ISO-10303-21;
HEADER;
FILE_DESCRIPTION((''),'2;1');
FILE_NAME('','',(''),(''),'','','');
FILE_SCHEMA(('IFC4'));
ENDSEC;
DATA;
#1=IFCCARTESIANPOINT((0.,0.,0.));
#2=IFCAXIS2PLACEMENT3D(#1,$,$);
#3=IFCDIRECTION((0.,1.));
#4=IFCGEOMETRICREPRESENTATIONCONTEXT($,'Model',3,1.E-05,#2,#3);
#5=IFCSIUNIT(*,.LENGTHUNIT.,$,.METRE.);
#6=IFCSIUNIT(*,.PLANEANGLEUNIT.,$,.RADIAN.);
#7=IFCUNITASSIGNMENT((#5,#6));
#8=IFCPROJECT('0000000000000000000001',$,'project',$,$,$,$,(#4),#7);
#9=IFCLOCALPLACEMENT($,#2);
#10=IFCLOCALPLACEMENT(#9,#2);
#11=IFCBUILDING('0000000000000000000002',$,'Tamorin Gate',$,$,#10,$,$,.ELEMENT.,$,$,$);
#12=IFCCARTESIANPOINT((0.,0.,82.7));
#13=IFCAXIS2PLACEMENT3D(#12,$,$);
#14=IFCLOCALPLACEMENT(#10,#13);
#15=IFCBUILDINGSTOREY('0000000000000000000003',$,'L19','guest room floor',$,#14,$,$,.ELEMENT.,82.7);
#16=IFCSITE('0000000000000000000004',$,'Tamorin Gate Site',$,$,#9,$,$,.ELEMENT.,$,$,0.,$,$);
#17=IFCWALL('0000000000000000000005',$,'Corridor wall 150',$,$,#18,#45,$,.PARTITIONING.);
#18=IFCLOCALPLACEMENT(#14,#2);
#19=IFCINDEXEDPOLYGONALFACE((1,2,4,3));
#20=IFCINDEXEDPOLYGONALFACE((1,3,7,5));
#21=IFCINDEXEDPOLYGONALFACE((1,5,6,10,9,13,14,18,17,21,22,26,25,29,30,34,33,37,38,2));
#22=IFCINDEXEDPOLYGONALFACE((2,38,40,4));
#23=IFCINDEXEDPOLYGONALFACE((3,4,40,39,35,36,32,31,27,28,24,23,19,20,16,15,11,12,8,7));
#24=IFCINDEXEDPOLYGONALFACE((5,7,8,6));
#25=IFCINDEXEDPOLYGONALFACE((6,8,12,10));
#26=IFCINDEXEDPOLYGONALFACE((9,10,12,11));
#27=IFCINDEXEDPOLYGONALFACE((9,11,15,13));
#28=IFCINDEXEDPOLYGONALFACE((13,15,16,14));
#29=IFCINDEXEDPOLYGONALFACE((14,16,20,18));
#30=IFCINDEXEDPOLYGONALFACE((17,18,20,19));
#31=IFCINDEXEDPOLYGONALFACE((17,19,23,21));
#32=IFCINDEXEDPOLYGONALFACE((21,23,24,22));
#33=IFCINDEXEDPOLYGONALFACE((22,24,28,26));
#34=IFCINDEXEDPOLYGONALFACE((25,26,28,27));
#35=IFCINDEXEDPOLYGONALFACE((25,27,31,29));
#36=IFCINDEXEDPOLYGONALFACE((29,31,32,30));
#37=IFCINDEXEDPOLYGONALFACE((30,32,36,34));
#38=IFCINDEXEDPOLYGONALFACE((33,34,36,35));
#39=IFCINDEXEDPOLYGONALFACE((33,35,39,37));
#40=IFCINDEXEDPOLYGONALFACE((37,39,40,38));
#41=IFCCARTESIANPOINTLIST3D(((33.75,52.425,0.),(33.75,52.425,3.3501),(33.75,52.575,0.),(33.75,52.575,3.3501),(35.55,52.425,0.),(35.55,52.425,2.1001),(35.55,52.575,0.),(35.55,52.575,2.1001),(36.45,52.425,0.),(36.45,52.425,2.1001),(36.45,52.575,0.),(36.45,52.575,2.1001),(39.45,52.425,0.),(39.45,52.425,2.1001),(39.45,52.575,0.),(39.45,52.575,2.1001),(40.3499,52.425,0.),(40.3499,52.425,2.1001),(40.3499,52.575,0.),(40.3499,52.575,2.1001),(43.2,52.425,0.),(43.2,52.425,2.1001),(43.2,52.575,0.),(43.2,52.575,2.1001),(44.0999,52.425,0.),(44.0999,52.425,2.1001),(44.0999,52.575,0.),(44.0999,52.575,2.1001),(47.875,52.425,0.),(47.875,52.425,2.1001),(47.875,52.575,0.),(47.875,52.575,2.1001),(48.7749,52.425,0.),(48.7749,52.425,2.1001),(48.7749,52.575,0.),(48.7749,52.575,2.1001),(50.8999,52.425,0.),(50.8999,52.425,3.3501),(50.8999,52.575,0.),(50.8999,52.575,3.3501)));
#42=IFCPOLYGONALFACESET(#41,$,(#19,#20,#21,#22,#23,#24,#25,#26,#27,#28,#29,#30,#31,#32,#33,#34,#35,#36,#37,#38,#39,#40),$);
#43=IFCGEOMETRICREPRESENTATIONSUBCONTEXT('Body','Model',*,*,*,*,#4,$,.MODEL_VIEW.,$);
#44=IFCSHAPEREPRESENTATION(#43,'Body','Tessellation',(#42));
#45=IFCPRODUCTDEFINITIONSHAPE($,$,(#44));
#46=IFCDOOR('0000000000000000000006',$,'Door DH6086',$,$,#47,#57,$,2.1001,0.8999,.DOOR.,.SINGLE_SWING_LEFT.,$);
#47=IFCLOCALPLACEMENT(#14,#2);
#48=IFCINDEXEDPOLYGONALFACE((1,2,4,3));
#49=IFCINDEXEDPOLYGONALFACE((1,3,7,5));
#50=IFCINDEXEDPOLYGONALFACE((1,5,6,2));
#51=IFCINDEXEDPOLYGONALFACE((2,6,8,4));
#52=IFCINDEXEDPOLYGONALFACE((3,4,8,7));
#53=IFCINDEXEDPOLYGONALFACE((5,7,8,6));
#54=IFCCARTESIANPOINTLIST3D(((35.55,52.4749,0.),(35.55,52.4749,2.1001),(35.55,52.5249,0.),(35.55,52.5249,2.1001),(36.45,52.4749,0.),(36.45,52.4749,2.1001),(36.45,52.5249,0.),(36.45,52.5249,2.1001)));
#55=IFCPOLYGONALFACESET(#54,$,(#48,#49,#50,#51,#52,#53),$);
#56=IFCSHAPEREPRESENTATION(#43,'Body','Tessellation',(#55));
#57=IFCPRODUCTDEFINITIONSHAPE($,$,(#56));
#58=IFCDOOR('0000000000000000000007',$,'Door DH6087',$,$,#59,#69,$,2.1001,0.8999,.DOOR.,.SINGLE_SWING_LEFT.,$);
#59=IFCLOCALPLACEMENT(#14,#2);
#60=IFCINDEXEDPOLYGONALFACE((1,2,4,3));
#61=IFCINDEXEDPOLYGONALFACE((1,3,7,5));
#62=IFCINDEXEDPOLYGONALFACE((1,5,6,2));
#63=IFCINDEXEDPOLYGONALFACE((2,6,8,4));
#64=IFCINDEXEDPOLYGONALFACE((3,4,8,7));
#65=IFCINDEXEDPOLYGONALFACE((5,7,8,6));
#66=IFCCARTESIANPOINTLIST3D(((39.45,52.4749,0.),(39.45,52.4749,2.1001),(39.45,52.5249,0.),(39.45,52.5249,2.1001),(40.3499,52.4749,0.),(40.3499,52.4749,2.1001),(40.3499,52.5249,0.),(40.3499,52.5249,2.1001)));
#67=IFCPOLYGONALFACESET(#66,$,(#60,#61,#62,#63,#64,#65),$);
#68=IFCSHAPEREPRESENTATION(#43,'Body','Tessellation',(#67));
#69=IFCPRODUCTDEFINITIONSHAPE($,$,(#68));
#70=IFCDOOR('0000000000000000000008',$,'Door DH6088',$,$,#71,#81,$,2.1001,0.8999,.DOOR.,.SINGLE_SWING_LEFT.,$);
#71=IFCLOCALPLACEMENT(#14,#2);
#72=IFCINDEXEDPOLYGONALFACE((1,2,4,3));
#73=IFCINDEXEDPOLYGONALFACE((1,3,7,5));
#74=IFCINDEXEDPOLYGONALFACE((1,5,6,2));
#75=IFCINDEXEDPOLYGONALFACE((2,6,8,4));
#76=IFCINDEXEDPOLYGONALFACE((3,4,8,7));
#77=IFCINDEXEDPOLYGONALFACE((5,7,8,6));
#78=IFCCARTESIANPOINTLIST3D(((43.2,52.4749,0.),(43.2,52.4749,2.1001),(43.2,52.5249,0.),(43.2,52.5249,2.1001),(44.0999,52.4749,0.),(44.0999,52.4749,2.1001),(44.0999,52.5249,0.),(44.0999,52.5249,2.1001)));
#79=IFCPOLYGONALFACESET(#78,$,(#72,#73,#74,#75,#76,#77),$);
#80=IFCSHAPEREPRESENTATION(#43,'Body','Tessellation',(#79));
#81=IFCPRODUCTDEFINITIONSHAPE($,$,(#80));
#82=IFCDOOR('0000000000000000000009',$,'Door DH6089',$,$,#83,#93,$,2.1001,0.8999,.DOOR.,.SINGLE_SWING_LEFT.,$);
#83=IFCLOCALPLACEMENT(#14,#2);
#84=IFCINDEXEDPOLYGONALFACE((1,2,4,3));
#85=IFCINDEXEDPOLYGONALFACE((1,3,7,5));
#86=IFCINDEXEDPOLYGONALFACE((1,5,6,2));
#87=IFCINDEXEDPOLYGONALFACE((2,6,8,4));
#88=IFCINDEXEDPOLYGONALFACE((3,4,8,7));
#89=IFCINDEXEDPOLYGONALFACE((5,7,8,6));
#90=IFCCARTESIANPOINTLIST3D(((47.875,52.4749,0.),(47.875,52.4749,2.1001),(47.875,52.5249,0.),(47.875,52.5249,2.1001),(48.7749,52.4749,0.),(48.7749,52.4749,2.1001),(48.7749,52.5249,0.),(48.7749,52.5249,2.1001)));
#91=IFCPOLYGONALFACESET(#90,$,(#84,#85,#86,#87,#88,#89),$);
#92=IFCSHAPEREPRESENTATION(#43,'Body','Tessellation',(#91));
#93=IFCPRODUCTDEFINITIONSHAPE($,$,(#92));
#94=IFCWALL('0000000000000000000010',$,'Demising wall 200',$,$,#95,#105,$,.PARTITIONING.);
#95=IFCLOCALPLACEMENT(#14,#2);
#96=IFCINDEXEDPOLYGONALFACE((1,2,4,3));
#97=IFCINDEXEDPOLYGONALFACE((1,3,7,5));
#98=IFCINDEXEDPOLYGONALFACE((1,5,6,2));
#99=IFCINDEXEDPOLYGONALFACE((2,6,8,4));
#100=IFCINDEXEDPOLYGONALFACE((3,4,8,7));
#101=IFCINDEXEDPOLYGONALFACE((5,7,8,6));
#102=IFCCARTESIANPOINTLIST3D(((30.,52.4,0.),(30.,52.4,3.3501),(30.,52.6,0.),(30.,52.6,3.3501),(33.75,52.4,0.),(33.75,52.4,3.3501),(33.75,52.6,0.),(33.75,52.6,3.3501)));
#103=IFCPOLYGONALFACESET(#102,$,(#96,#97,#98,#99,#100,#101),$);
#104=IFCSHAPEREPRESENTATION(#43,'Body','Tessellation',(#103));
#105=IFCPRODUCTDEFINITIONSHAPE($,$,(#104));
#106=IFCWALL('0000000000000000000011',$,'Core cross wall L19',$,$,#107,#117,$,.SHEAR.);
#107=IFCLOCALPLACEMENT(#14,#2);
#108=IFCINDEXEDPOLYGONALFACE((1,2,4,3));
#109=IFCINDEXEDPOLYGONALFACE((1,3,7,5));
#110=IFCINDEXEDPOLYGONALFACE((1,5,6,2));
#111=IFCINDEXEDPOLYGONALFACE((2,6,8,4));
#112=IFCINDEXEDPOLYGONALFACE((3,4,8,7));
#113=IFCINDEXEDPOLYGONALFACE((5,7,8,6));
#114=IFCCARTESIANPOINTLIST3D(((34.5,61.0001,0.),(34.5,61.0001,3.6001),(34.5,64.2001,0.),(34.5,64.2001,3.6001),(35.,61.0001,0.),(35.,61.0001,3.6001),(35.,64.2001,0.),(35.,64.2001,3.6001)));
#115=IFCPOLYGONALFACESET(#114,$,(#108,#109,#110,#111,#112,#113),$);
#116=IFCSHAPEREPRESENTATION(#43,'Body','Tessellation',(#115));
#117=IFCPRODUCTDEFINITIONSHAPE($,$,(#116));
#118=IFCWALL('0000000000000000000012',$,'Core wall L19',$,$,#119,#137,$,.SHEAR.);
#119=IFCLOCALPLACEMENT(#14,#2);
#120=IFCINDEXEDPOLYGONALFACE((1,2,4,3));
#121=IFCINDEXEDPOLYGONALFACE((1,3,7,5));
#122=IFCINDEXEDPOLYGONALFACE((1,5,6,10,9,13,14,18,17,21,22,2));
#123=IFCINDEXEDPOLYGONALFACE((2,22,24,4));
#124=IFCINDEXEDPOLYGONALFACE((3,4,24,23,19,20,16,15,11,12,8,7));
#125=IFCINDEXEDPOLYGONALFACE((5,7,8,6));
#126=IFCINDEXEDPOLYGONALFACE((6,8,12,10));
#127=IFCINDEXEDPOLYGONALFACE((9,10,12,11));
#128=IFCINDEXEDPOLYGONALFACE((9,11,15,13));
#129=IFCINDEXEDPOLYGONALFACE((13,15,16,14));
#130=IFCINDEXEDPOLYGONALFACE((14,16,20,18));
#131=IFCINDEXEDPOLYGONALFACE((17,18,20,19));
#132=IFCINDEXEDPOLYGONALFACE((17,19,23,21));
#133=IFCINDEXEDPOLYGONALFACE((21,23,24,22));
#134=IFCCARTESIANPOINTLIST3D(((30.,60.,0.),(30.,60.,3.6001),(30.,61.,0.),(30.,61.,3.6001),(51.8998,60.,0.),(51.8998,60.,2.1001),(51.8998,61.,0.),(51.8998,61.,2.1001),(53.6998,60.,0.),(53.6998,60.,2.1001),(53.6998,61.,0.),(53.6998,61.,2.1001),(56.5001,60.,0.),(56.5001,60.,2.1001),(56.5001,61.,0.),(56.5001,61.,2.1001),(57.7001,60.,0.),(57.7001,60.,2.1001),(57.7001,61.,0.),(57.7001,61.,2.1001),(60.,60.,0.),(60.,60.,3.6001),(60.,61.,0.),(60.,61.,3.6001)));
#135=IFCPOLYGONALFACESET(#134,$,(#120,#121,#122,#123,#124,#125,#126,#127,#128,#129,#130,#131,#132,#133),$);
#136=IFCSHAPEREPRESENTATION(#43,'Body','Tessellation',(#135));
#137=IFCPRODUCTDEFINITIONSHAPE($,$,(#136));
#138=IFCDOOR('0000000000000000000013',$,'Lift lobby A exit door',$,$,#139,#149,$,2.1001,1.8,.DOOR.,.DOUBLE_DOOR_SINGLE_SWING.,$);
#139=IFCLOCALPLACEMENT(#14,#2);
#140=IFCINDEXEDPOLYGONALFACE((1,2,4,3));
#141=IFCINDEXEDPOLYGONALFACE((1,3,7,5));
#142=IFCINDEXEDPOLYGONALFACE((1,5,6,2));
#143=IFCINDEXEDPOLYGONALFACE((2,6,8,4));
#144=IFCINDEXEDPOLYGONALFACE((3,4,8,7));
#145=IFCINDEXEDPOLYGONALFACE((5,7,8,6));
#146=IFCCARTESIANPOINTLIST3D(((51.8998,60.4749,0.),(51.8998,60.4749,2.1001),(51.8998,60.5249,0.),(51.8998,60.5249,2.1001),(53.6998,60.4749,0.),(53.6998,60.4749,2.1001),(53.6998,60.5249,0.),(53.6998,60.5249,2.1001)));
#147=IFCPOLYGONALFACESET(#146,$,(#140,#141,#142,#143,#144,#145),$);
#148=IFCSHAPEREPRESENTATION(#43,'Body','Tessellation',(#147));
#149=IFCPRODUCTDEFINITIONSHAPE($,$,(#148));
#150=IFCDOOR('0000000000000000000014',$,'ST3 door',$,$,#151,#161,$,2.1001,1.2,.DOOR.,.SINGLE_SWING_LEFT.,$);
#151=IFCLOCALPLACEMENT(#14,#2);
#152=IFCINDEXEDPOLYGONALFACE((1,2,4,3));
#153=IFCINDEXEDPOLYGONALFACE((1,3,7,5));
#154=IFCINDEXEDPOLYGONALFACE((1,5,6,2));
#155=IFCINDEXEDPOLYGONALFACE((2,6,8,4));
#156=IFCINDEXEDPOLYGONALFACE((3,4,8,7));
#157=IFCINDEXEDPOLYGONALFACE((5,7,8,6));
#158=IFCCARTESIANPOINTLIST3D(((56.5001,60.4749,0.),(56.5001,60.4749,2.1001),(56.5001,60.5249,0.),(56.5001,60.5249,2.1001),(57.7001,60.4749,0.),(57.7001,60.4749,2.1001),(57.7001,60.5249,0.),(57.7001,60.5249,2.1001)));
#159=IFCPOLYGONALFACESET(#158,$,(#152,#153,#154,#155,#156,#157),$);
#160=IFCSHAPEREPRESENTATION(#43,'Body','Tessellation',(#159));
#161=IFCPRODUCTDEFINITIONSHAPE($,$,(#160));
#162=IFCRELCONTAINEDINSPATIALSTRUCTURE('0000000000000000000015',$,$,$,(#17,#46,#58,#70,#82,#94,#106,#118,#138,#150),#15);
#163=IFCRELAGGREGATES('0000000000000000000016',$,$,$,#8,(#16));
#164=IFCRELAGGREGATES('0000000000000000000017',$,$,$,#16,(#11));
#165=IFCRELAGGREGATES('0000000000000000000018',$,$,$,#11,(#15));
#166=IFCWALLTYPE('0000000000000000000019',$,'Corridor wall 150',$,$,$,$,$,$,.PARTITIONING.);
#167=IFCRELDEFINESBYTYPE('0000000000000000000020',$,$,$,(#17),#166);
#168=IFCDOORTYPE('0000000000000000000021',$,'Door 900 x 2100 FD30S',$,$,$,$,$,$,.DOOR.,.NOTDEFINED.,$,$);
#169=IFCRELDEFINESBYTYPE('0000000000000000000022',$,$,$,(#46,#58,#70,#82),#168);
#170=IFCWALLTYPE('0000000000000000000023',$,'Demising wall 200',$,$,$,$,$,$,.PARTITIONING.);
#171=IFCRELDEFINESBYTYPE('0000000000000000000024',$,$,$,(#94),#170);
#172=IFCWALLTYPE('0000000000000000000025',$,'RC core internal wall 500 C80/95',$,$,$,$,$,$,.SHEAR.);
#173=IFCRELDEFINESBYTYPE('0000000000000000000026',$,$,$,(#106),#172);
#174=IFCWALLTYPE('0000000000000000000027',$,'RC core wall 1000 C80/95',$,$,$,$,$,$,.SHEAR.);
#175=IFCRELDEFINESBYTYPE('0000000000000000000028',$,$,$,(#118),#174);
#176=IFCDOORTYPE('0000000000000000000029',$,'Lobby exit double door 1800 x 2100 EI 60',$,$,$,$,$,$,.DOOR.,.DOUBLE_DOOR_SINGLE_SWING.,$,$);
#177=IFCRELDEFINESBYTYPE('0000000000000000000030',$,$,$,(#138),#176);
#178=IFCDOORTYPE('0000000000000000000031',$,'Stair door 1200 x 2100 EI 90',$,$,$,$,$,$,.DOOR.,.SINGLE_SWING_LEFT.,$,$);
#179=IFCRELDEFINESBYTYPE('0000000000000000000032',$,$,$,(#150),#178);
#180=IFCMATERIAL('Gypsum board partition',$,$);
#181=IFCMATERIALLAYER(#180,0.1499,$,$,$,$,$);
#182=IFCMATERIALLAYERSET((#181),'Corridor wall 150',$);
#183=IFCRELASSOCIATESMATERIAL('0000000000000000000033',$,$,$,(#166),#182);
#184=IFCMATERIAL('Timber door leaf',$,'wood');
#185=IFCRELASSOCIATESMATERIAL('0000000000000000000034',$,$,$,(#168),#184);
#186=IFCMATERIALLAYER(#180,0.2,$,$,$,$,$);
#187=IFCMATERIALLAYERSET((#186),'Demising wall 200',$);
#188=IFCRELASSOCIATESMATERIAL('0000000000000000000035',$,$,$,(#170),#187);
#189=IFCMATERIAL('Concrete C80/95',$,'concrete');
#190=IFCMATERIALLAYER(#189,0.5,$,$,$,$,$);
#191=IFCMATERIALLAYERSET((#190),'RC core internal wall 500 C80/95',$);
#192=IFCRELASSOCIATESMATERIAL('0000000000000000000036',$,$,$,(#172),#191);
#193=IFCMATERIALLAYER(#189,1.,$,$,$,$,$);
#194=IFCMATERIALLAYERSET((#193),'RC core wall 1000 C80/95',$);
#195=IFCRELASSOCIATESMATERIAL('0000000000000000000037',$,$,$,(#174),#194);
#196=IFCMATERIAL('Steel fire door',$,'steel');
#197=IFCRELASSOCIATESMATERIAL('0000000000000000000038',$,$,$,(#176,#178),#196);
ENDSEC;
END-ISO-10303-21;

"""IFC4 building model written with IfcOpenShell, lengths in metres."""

from ifc_helpers import new_model, si_unit, direction, frame, frame_2d, origin, place, context, subcontext, project, spatial, rectangle, extrude, material, layer, layer_set, type_object, element, fill, save


model = new_model("IFC4")

# Units and contexts
model_context = context("Model", 3, precision=1e-05, world=origin(), true_north=direction((0.0, 1.0)))
body_context = subcontext(model_context, "Body", "Model", "MODEL_VIEW")
ifc_project = project(units=[si_unit("LENGTHUNIT", "METRE"), si_unit("PLANEANGLEUNIT", "RADIAN")], contexts=[model_context])

# Site, building, storey
site_placement = place(None, origin())
site = spatial("IfcSite", under=ifc_project, at=site_placement, Name="Tamorin Gate Site", CompositionType="ELEMENT", RefElevation=0.0)
building_placement = place(site_placement, origin())
building = spatial("IfcBuilding", under=site, at=building_placement, Name="Tamorin Gate", CompositionType="ELEMENT")
storey_placement = place(building_placement, frame((0.0, 0.0, 82.7)))
storey = spatial("IfcBuildingStorey", under=building, at=storey_placement, Name="L19", Description="guest room floor", CompositionType="ELEMENT", Elevation=82.7)

# Shared definitions
ifc_material_1 = material(Name="Concrete C80/95", Category="concrete")

# Wall, openings, doors
ifc_material_2 = material(Name="Gypsum board partition")
ifc_layer_1 = layer(ifc_material_2, 0.1499)
ifc_layer_set_1 = layer_set([ifc_layer_1], Name="Corridor wall 150")
wall_type_1 = type_object("IfcWallType", Name="Corridor wall 150", PredefinedType="PARTITIONING", material=ifc_layer_set_1)
wall_1_placement = place(storey_placement, frame((33.75, 52.5, 0.0), z_axis=(0.0, 0.0, 1.0), x_axis=(1.0, 0.0, 0.0)))
wall_1 = element("IfcWall", 1, at=wall_1_placement, inside=storey, type_object=wall_type_1, Name="Corridor wall 150", PredefinedType="PARTITIONING", context=body_context, shape_type="SweptSolid", body=[
    extrude(rectangle(XDim=17.1499, YDim=0.1499, at=frame_2d((8.575, 0.0))), origin(), (0.0, 0.0, 1.0), 3.3501),
])
opening_1_placement = place(wall_1_placement, frame((1.8, 0.0, 0.0)))
opening_1 = element("IfcOpeningElement", 2, at=opening_1_placement, cuts=wall_1, PredefinedType="OPENING", context=body_context, shape_type="SweptSolid", body=[
    extrude(rectangle(XDim=0.8999, YDim=2.1001, at=frame_2d((0.45, 1.05))), frame((0.0, 0.085, 0.0), z_axis=(0.0, -1.0, 0.0), x_axis=(1.0, 0.0, 0.0)), (0.0, 0.0, 1.0), 0.1699),
])
opening_2_placement = place(wall_1_placement, frame((5.7, 0.0, 0.0)))
opening_2 = element("IfcOpeningElement", 3, at=opening_2_placement, cuts=wall_1, PredefinedType="OPENING", context=body_context, shape_type="SweptSolid", body=[
    extrude(rectangle(XDim=0.8999, YDim=2.1001, at=frame_2d((0.45, 1.05))), frame((0.0, 0.085, 0.0), z_axis=(0.0, -1.0, 0.0), x_axis=(1.0, 0.0, 0.0)), (0.0, 0.0, 1.0), 0.1699),
])
opening_3_placement = place(wall_1_placement, frame((9.45, 0.0, 0.0)))
opening_3 = element("IfcOpeningElement", 4, at=opening_3_placement, cuts=wall_1, PredefinedType="OPENING", context=body_context, shape_type="SweptSolid", body=[
    extrude(rectangle(XDim=0.8999, YDim=2.1001, at=frame_2d((0.45, 1.05))), frame((0.0, 0.085, 0.0), z_axis=(0.0, -1.0, 0.0), x_axis=(1.0, 0.0, 0.0)), (0.0, 0.0, 1.0), 0.1699),
])
opening_4_placement = place(wall_1_placement, frame((14.125, 0.0, 0.0)))
opening_4 = element("IfcOpeningElement", 5, at=opening_4_placement, cuts=wall_1, PredefinedType="OPENING", context=body_context, shape_type="SweptSolid", body=[
    extrude(rectangle(XDim=0.8999, YDim=2.1001, at=frame_2d((0.45, 1.05))), frame((0.0, 0.085, 0.0), z_axis=(0.0, -1.0, 0.0), x_axis=(1.0, 0.0, 0.0)), (0.0, 0.0, 1.0), 0.1699),
])
ifc_material_3 = material(Name="Timber door leaf", Category="wood")
door_type_1 = type_object("IfcDoorType", Name="Door 900 x 2100 FD30S", OperationType="NOTDEFINED", PredefinedType="DOOR", material=ifc_material_3)
door_1_placement = place(opening_1_placement, origin())
door_1 = element("IfcDoor", 6, at=door_1_placement, inside=storey, type_object=door_type_1, Name="Door DH6086", OperationType="SINGLE_SWING_LEFT", OverallHeight=2.1001, OverallWidth=0.8999, PredefinedType="DOOR", context=body_context, shape_type="SweptSolid", body=[
    extrude(rectangle(XDim=0.8999, YDim=2.1001, at=frame_2d((0.45, 1.05))), frame((0.0, 0.0249, 0.0), z_axis=(0.0, -1.0, 0.0), x_axis=(1.0, 0.0, 0.0)), (0.0, 0.0, 1.0), 0.05),
])
fill(opening_1, door_1)
door_2_placement = place(opening_2_placement, origin())
door_2 = element("IfcDoor", 7, at=door_2_placement, inside=storey, type_object=door_type_1, Name="Door DH6087", OperationType="SINGLE_SWING_LEFT", OverallHeight=2.1001, OverallWidth=0.8999, PredefinedType="DOOR", context=body_context, shape_type="SweptSolid", body=[
    extrude(rectangle(XDim=0.8999, YDim=2.1001, at=frame_2d((0.45, 1.05))), frame((0.0, 0.0249, 0.0), z_axis=(0.0, -1.0, 0.0), x_axis=(1.0, 0.0, 0.0)), (0.0, 0.0, 1.0), 0.05),
])
fill(opening_2, door_2)
door_3_placement = place(opening_3_placement, origin())
door_3 = element("IfcDoor", 8, at=door_3_placement, inside=storey, type_object=door_type_1, Name="Door DH6088", OperationType="SINGLE_SWING_LEFT", OverallHeight=2.1001, OverallWidth=0.8999, PredefinedType="DOOR", context=body_context, shape_type="SweptSolid", body=[
    extrude(rectangle(XDim=0.8999, YDim=2.1001, at=frame_2d((0.45, 1.05))), frame((0.0, 0.0249, 0.0), z_axis=(0.0, -1.0, 0.0), x_axis=(1.0, 0.0, 0.0)), (0.0, 0.0, 1.0), 0.05),
])
fill(opening_3, door_3)
door_4_placement = place(opening_4_placement, origin())
door_4 = element("IfcDoor", 9, at=door_4_placement, inside=storey, type_object=door_type_1, Name="Door DH6089", OperationType="SINGLE_SWING_LEFT", OverallHeight=2.1001, OverallWidth=0.8999, PredefinedType="DOOR", context=body_context, shape_type="SweptSolid", body=[
    extrude(rectangle(XDim=0.8999, YDim=2.1001, at=frame_2d((0.45, 1.05))), frame((0.0, 0.0249, 0.0), z_axis=(0.0, -1.0, 0.0), x_axis=(1.0, 0.0, 0.0)), (0.0, 0.0, 1.0), 0.05),
])
fill(opening_4, door_4)

# Walls
ifc_layer_2 = layer(ifc_material_2, 0.2)
ifc_layer_set_2 = layer_set([ifc_layer_2], Name="Demising wall 200")
wall_type_2 = type_object("IfcWallType", Name="Demising wall 200", PredefinedType="PARTITIONING", material=ifc_layer_set_2)
wall_2_placement = place(storey_placement, frame((30.0, 52.5, 0.0), z_axis=(0.0, 0.0, 1.0), x_axis=(1.0, 0.0, 0.0)))
element("IfcWall", 10, at=wall_2_placement, inside=storey, type_object=wall_type_2, Name="Demising wall 200", PredefinedType="PARTITIONING", context=body_context, shape_type="SweptSolid", body=[
    extrude(rectangle(XDim=3.75, YDim=0.2, at=frame_2d((1.875, 0.0))), origin(), (0.0, 0.0, 1.0), 3.3501),
])
ifc_layer_3 = layer(ifc_material_1, 0.5)
ifc_layer_set_3 = layer_set([ifc_layer_3], Name="RC core internal wall 500 C80/95")
wall_type_3 = type_object("IfcWallType", Name="RC core internal wall 500 C80/95", PredefinedType="SHEAR", material=ifc_layer_set_3)
wall_3_placement = place(storey_placement, frame((34.75, 61.0, 0.0), z_axis=(0.0, 0.0, 1.0), x_axis=(0.0, 1.0, 0.0)))
element("IfcWall", 11, at=wall_3_placement, inside=storey, type_object=wall_type_3, Name="Core cross wall L19", PredefinedType="SHEAR", context=body_context, shape_type="SweptSolid", body=[
    extrude(rectangle(XDim=3.2, YDim=0.5, at=frame_2d((1.6001, 0.0))), origin(), (0.0, 0.0, 1.0), 3.6001),
])

# Wall, openings, doors
ifc_layer_4 = layer(ifc_material_1, 1.0)
ifc_layer_set_4 = layer_set([ifc_layer_4], Name="RC core wall 1000 C80/95")
wall_type_4 = type_object("IfcWallType", Name="RC core wall 1000 C80/95", PredefinedType="SHEAR", material=ifc_layer_set_4)
wall_4_placement = place(storey_placement, frame((30.0, 60.5, 0.0), z_axis=(0.0, 0.0, 1.0), x_axis=(1.0, 0.0, 0.0)))
wall_4 = element("IfcWall", 12, at=wall_4_placement, inside=storey, type_object=wall_type_4, Name="Core wall L19", PredefinedType="SHEAR", context=body_context, shape_type="SweptSolid", body=[
    extrude(rectangle(XDim=30.0, YDim=1.0, at=frame_2d((15.0, 0.0))), origin(), (0.0, 0.0, 1.0), 3.6001),
])
opening_5_placement = place(wall_4_placement, frame((21.8999, 0.0, 0.0)))
opening_5 = element("IfcOpeningElement", 13, at=opening_5_placement, cuts=wall_4, PredefinedType="OPENING", context=body_context, shape_type="SweptSolid", body=[
    extrude(rectangle(XDim=1.8, YDim=2.1001, at=frame_2d((0.8999, 1.05))), frame((0.0, 0.51, 0.0), z_axis=(0.0, -1.0, 0.0), x_axis=(1.0, 0.0, 0.0)), (0.0, 0.0, 1.0), 1.02),
])
opening_6_placement = place(wall_4_placement, frame((26.5, 0.0, 0.0)))
opening_6 = element("IfcOpeningElement", 14, at=opening_6_placement, cuts=wall_4, PredefinedType="OPENING", context=body_context, shape_type="SweptSolid", body=[
    extrude(rectangle(XDim=1.2, YDim=2.1001, at=frame_2d((0.6001, 1.05))), frame((0.0, 0.51, 0.0), z_axis=(0.0, -1.0, 0.0), x_axis=(1.0, 0.0, 0.0)), (0.0, 0.0, 1.0), 1.02),
])
ifc_material_4 = material(Name="Steel fire door", Category="steel")
door_type_2 = type_object("IfcDoorType", Name="Lobby exit double door 1800 x 2100 EI 60", OperationType="DOUBLE_DOOR_SINGLE_SWING", PredefinedType="DOOR", material=ifc_material_4)
door_5_placement = place(opening_5_placement, origin())
door_5 = element("IfcDoor", 15, at=door_5_placement, inside=storey, type_object=door_type_2, Name="Lift lobby A exit door", OperationType="DOUBLE_DOOR_SINGLE_SWING", OverallHeight=2.1001, OverallWidth=1.8, PredefinedType="DOOR", context=body_context, shape_type="SweptSolid", body=[
    extrude(rectangle(XDim=1.8, YDim=2.1001, at=frame_2d((0.8999, 1.05))), frame((0.0, 0.0249, 0.0), z_axis=(0.0, -1.0, 0.0), x_axis=(1.0, 0.0, 0.0)), (0.0, 0.0, 1.0), 0.05),
])
fill(opening_5, door_5)
door_type_3 = type_object("IfcDoorType", Name="Stair door 1200 x 2100 EI 90", OperationType="SINGLE_SWING_LEFT", PredefinedType="DOOR", material=ifc_material_4)
door_6_placement = place(opening_6_placement, origin())
door_6 = element("IfcDoor", 16, at=door_6_placement, inside=storey, type_object=door_type_3, Name="ST3 door", OperationType="SINGLE_SWING_LEFT", OverallHeight=2.1001, OverallWidth=1.2, PredefinedType="DOOR", context=body_context, shape_type="SweptSolid", body=[
    extrude(rectangle(XDim=1.2, YDim=2.1001, at=frame_2d((0.6001, 1.05))), frame((0.0, 0.0249, 0.0), z_axis=(0.0, -1.0, 0.0), x_axis=(1.0, 0.0, 0.0)), (0.0, 0.0, 1.0), 0.05),
])
fill(opening_6, door_6)

save(model, "model.ifc")
